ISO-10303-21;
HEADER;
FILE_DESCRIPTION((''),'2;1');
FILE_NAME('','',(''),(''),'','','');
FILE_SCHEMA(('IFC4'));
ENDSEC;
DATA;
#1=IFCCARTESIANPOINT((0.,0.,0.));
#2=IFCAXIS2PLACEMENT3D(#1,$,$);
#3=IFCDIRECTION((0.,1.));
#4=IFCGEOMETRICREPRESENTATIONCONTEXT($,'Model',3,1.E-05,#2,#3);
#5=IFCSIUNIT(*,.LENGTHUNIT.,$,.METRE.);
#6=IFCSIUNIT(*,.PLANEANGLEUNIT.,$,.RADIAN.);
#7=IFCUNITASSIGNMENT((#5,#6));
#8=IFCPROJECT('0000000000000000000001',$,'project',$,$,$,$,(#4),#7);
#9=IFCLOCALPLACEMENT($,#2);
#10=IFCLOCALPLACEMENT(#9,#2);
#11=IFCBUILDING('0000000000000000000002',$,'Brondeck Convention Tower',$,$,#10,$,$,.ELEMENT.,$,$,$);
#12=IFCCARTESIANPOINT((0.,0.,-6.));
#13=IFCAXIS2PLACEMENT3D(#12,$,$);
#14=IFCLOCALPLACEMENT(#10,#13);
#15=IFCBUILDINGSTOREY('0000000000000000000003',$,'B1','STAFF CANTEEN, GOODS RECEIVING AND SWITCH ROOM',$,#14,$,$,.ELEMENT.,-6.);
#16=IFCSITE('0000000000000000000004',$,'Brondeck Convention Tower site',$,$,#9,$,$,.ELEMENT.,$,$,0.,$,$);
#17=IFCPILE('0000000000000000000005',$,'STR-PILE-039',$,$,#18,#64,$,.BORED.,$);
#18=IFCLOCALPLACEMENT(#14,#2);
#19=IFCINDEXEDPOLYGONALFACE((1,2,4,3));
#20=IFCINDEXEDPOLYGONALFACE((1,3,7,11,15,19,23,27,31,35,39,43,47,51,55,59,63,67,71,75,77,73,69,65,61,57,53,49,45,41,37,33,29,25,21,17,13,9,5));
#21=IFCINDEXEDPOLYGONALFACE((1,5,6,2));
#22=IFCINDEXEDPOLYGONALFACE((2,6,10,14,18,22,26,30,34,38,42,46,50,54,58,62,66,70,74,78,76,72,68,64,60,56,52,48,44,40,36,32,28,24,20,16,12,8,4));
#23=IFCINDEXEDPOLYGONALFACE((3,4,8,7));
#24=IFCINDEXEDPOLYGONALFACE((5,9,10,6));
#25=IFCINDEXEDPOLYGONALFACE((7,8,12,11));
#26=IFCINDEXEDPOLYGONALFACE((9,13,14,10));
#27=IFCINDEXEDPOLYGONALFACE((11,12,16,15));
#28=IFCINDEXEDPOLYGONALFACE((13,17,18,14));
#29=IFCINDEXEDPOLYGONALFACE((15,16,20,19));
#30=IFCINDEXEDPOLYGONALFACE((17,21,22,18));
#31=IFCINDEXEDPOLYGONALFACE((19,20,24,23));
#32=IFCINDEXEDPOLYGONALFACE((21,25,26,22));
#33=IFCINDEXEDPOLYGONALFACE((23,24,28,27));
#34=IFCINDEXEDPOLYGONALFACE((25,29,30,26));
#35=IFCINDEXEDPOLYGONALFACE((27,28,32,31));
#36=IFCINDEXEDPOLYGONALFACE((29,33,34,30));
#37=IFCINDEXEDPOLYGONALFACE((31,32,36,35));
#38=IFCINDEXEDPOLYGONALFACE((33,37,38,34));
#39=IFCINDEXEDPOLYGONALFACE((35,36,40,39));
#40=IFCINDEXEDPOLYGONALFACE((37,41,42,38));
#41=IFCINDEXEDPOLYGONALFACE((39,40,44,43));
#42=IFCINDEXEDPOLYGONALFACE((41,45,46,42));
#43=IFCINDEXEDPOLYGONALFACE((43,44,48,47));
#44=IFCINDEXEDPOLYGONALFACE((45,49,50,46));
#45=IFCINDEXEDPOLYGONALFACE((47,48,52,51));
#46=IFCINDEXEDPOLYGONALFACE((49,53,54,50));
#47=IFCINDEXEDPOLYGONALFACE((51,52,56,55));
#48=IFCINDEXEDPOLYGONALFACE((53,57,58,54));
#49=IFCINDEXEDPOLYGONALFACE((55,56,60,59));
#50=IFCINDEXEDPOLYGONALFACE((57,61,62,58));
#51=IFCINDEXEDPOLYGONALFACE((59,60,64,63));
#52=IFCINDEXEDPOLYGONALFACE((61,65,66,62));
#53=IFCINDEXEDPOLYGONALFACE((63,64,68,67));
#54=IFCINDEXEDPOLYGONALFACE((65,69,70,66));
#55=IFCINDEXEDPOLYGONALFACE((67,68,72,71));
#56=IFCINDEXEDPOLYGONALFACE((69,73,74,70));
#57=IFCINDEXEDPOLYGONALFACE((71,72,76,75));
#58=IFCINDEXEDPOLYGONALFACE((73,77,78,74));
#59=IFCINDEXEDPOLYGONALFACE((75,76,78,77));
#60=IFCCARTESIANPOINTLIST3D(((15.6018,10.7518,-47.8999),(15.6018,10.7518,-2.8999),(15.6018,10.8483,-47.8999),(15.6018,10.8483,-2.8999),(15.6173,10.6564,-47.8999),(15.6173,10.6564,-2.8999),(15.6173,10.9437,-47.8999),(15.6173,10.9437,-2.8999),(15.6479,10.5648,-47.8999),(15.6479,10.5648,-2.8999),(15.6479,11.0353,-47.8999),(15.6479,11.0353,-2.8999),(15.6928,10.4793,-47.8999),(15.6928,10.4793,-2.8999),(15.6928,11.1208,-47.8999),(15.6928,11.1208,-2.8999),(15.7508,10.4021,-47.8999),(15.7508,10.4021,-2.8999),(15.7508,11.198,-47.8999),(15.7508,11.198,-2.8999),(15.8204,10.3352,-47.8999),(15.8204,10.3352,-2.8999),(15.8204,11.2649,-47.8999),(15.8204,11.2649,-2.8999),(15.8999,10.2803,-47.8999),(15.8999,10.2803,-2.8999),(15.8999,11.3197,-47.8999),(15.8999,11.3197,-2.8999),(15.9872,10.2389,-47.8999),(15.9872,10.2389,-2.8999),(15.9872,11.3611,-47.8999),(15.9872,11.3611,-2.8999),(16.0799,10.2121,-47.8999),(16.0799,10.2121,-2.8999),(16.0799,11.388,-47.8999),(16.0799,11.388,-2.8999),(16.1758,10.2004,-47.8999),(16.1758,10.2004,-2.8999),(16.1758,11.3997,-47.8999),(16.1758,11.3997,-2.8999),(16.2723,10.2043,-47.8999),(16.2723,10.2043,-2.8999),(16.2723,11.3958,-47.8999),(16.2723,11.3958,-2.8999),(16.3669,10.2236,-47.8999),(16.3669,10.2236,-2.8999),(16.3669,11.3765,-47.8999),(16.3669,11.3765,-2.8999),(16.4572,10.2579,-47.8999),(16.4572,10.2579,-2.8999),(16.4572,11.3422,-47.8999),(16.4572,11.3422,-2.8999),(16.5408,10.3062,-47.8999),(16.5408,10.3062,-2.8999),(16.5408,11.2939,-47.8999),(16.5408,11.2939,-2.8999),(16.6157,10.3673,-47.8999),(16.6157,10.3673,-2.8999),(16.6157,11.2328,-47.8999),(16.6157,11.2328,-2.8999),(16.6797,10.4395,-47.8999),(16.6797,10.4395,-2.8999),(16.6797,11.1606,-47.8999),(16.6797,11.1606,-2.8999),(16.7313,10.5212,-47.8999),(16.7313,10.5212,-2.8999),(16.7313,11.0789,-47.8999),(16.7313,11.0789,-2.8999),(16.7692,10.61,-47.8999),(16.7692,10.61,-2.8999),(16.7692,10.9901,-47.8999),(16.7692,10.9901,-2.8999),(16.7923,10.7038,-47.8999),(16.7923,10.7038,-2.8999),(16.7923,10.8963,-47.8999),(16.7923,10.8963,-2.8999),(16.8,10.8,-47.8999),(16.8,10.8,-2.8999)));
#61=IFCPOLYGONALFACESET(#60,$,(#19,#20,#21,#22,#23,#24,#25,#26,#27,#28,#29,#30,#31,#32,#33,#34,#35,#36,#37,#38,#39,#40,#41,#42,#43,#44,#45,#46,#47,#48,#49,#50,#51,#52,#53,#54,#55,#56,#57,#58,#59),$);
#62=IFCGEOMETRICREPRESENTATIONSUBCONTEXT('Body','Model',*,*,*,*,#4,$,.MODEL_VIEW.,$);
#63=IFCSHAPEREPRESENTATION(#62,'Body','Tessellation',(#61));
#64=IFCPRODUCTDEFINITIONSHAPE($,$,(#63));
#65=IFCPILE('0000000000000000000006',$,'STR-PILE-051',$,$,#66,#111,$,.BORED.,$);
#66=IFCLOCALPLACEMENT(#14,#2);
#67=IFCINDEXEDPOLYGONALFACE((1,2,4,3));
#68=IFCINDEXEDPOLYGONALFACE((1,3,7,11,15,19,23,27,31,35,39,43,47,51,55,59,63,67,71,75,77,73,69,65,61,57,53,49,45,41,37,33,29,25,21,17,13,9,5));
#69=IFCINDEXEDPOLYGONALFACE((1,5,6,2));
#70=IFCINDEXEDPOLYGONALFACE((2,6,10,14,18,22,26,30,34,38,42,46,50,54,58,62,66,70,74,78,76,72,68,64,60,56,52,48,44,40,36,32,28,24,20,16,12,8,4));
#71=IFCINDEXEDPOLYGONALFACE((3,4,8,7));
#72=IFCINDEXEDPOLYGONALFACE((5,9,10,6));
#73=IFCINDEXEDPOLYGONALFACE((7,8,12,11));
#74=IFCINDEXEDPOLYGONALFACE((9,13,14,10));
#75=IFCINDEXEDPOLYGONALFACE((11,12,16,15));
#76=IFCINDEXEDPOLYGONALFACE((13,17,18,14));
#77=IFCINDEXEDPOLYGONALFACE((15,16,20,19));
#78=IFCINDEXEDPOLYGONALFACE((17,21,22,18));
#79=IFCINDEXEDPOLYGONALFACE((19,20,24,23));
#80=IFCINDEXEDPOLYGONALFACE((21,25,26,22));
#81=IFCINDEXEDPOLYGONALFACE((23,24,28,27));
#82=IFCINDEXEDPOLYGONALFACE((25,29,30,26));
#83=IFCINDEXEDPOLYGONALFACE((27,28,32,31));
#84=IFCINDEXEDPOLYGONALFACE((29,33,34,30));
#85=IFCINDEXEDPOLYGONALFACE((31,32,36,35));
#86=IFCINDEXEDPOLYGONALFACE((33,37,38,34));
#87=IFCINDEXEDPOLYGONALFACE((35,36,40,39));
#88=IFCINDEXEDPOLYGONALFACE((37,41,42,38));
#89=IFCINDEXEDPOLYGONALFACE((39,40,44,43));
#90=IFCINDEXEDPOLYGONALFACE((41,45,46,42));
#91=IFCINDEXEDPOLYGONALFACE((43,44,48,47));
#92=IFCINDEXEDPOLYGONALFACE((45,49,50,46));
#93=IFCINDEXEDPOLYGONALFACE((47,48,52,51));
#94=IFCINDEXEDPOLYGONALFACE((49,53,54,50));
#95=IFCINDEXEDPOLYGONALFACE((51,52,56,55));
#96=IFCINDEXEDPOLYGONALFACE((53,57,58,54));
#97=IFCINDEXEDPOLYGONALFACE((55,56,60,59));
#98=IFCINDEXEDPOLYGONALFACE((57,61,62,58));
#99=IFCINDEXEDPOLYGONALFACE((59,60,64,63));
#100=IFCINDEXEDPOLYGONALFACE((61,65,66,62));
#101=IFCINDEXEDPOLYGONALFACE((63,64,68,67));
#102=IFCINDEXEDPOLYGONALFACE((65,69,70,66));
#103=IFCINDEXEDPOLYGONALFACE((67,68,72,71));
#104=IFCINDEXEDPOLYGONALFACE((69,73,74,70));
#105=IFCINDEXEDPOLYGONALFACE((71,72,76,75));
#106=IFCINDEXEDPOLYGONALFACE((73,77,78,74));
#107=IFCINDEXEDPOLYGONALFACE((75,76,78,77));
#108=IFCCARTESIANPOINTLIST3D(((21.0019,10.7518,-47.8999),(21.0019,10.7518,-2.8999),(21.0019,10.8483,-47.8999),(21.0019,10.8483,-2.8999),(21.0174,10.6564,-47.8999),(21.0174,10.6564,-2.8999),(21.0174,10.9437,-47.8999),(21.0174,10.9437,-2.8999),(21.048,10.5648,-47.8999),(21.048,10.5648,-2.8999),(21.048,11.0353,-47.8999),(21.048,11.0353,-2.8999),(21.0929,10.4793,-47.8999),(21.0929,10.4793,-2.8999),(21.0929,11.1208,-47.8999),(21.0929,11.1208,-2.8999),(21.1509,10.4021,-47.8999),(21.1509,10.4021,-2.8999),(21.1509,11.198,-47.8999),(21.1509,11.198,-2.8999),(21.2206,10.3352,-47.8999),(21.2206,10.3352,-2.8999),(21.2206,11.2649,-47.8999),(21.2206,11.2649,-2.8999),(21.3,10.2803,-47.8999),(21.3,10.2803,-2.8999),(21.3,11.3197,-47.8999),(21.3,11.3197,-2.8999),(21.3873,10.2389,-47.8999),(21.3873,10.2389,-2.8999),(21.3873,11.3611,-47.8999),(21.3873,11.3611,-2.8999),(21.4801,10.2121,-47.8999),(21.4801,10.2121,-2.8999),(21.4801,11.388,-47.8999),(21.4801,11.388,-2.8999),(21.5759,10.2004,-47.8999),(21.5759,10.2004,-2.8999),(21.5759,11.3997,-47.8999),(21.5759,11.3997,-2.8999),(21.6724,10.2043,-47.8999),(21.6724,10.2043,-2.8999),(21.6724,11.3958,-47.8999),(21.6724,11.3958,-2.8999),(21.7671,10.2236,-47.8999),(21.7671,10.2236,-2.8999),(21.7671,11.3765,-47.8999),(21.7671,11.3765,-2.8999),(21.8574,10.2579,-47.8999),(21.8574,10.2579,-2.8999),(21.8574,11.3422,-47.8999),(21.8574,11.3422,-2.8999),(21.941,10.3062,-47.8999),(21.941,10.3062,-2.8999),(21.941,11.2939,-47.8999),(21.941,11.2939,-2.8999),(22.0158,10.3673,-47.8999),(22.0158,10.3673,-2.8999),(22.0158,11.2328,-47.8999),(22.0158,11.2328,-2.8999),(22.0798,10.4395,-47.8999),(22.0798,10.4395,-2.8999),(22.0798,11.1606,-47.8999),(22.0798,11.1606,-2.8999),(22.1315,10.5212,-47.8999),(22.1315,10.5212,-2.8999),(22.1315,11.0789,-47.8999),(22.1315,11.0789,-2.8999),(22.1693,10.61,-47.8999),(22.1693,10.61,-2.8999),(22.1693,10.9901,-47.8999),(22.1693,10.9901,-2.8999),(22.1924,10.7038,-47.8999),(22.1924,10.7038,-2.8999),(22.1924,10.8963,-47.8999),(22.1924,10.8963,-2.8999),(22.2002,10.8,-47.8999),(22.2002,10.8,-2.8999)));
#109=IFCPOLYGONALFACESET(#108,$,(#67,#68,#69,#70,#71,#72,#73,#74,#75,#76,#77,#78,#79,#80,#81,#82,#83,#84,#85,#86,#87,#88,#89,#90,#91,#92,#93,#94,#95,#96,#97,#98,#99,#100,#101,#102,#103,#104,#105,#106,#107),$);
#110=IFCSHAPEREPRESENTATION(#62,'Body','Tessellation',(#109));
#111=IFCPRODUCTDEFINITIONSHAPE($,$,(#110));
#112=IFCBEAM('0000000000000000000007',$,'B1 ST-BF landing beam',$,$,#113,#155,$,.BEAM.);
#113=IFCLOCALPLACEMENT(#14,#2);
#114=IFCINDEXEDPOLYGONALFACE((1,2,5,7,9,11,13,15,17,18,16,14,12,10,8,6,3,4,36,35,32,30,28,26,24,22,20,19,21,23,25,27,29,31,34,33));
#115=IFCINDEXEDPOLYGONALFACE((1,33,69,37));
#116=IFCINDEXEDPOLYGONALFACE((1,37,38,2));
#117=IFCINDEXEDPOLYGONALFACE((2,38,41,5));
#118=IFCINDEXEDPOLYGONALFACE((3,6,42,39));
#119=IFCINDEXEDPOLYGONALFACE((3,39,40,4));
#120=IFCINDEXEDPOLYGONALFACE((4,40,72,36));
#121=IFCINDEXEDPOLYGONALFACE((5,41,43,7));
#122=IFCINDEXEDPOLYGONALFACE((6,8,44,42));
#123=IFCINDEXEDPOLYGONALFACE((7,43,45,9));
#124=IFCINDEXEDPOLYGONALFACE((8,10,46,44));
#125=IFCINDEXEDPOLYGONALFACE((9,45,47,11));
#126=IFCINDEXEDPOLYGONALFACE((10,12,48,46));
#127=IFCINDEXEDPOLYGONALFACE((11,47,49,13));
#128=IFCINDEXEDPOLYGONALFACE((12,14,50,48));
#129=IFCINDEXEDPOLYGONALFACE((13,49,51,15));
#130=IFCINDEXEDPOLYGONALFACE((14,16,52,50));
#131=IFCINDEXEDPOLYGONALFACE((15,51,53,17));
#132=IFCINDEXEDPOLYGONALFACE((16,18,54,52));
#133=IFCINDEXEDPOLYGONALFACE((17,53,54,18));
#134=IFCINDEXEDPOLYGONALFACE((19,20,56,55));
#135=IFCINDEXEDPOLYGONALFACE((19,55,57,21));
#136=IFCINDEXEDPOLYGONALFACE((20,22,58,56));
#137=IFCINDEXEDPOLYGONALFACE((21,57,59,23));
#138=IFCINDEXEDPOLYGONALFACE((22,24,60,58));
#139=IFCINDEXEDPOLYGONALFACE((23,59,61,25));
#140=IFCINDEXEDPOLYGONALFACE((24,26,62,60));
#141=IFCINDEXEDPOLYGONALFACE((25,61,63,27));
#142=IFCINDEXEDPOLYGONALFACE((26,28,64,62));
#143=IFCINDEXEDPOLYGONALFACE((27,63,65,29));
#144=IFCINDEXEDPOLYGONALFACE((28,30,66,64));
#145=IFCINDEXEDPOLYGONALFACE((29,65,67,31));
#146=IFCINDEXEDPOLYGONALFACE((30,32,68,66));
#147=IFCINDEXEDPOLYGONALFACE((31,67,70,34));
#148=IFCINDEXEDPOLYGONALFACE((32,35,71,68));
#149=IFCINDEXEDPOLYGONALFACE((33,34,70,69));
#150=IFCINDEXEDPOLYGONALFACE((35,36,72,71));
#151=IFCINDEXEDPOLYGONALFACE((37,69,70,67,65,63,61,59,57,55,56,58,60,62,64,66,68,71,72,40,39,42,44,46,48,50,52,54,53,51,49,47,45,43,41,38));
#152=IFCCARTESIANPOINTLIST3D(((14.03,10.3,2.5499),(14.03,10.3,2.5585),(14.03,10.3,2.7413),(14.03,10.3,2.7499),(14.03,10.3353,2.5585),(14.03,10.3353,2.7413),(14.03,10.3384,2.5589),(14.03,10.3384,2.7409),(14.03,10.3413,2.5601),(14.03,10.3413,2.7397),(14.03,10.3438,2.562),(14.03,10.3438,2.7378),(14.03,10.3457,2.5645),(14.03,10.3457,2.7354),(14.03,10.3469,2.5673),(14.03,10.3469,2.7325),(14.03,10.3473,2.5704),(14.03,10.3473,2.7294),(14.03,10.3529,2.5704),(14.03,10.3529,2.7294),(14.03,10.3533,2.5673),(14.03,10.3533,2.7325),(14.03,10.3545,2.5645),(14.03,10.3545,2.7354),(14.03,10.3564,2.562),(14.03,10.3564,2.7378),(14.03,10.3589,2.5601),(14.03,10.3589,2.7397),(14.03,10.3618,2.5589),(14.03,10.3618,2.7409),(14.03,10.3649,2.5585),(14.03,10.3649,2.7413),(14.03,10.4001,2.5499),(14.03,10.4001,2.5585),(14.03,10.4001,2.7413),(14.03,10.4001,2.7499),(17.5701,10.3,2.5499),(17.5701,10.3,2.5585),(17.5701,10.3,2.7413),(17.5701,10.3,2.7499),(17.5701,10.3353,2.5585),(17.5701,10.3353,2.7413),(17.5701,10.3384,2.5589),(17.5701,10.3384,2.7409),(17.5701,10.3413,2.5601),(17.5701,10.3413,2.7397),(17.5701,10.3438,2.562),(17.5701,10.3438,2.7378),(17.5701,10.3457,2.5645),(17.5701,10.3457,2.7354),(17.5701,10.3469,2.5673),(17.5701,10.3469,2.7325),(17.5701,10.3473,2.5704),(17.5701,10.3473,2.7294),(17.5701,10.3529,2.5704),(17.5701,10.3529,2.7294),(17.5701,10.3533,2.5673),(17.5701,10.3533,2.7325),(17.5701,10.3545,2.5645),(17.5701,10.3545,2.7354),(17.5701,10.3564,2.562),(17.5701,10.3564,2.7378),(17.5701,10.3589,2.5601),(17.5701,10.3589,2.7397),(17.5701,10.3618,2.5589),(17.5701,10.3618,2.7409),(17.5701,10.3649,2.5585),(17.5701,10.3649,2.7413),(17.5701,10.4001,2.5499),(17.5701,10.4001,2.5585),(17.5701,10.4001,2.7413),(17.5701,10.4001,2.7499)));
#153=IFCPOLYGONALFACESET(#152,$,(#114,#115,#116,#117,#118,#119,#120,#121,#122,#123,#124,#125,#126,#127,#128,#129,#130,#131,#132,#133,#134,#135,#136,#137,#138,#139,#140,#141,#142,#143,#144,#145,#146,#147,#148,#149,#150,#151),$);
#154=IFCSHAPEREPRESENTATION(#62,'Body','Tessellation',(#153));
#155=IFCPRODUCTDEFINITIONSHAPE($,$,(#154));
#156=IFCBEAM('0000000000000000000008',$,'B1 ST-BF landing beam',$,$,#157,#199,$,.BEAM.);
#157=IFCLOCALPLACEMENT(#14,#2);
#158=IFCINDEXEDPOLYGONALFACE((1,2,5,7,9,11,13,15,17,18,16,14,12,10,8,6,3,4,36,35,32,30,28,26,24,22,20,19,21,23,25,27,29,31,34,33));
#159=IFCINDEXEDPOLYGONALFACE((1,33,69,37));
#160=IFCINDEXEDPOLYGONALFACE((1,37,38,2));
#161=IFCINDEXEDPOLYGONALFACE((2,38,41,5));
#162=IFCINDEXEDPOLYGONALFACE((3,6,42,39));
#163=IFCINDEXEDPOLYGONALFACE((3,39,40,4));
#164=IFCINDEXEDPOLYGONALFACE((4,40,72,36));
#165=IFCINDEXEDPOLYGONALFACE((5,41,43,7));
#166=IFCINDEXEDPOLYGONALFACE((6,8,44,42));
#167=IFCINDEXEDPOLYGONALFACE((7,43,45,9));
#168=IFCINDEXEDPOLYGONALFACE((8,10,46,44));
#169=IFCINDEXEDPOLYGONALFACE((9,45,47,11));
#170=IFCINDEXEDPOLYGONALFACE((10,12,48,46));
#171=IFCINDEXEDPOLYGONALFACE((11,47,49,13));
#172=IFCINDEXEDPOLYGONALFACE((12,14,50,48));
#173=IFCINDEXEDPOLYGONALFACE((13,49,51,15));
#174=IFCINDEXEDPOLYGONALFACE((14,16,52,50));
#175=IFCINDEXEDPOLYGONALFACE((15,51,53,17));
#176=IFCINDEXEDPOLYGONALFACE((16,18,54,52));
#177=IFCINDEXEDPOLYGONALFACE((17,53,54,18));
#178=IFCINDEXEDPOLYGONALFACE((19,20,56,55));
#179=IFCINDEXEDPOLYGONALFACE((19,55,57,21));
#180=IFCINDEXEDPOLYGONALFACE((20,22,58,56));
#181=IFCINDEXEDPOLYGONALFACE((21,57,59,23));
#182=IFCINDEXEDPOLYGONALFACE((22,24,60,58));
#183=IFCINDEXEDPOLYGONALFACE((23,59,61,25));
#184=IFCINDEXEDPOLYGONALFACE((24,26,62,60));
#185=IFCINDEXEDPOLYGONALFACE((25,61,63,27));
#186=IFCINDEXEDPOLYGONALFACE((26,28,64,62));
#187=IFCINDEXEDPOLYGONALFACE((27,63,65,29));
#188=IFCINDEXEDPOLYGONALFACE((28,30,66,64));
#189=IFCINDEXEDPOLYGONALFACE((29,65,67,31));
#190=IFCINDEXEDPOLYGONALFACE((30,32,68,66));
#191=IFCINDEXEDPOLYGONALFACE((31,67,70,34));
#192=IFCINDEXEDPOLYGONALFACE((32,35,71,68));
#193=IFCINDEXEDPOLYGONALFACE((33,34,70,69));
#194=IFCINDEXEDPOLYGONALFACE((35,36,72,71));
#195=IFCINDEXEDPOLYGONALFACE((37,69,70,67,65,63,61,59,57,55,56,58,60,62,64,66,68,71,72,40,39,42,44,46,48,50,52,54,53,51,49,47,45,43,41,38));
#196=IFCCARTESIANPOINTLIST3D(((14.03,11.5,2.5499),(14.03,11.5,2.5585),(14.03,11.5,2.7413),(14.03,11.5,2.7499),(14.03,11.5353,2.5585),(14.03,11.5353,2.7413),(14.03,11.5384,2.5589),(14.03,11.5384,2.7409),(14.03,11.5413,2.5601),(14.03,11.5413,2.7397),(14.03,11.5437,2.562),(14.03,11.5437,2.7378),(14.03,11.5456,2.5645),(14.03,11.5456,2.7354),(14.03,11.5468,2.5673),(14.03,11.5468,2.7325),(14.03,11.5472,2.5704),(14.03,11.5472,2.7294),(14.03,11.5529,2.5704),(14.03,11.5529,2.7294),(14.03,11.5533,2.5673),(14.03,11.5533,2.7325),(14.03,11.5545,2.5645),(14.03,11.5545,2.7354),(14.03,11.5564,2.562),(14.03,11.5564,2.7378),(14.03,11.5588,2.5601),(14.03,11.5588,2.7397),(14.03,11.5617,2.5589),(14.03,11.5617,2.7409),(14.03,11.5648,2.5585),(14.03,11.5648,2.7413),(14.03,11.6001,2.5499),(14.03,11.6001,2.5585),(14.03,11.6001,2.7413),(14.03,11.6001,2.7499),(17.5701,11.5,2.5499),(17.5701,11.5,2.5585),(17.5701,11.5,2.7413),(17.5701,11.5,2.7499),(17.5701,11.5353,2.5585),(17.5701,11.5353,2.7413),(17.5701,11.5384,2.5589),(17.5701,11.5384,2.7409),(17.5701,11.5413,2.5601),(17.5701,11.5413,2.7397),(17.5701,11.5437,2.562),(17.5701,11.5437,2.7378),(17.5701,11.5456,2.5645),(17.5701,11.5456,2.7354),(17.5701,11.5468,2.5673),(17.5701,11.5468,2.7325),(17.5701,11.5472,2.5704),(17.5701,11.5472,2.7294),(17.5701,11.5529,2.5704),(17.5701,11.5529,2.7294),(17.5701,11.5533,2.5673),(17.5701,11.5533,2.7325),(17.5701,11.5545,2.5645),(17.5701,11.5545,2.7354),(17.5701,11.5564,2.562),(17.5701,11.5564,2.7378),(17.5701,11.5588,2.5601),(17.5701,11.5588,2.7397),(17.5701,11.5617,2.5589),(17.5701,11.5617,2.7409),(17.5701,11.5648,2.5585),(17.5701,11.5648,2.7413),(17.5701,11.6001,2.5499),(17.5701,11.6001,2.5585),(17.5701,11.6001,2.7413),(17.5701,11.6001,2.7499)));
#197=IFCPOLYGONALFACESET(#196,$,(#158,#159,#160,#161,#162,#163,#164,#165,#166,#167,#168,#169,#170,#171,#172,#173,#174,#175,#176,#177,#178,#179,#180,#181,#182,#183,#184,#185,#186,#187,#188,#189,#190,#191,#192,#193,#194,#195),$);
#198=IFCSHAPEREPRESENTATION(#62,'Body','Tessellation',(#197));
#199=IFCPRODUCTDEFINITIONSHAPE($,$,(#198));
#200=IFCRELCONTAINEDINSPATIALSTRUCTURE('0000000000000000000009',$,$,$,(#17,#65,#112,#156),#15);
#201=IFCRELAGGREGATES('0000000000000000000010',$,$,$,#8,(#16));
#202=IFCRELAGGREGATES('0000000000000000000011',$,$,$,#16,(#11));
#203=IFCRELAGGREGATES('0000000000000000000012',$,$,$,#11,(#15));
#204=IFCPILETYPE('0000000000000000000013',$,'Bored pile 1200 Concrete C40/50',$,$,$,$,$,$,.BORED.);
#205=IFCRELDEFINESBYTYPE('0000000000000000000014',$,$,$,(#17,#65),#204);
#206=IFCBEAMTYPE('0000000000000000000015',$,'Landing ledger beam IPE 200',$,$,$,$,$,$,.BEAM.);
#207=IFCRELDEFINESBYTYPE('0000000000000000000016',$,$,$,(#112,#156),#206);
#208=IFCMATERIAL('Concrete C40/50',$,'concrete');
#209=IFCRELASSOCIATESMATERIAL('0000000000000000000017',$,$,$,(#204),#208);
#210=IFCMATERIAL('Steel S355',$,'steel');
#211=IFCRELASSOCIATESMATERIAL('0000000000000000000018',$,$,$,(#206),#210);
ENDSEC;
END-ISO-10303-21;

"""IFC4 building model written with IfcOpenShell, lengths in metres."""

from ifc_helpers import new_model, si_unit, direction, frame, origin, origin_2d, place, context, subcontext, project, spatial, circle, i_section, extrude, material, material_profile, profile_set, type_object, element, save


model = new_model("IFC4")

# Units and contexts
model_context = context("Model", 3, precision=1e-05, world=origin(), true_north=direction((0.0, 1.0)))
body_context = subcontext(model_context, "Body", "Model", "MODEL_VIEW")
ifc_project = project(units=[si_unit("LENGTHUNIT", "METRE"), si_unit("PLANEANGLEUNIT", "RADIAN")], contexts=[model_context])

# Site, building, storey
site_placement = place(None, origin())
site = spatial("IfcSite", under=ifc_project, at=site_placement, Name="Brondeck Convention Tower site", CompositionType="ELEMENT", RefElevation=0.0)
building_placement = place(site_placement, origin())
building = spatial("IfcBuilding", under=site, at=building_placement, Name="Brondeck Convention Tower", CompositionType="ELEMENT")
storey_placement = place(building_placement, frame((0.0, 0.0, -6.0)))
storey = spatial("IfcBuildingStorey", under=building, at=storey_placement, Name="B1", Description="STAFF CANTEEN, GOODS RECEIVING AND SWITCH ROOM", CompositionType="ELEMENT", Elevation=-6.0)

# Piles
ifc_material_1 = material(Name="Concrete C40/50", Category="concrete")
ifc_material_profile_1 = material_profile(ifc_material_1, circle(Radius=0.6001, at=origin_2d()), Name="Bored pile 1200 Concrete C40/50")
ifc_profile_set_1 = profile_set([ifc_material_profile_1], Name="Concrete C40/50")
pile_type = type_object("IfcPileType", Name="Bored pile 1200 Concrete C40/50", PredefinedType="BORED", material=ifc_profile_set_1)
for number, where, z_axis, x_axis, name in (
    (1, (16.2, 10.8, -2.8999), (0.0, 0.0, -1.0), (1.0, 0.0, 0.0), "STR-PILE-039"),
    (2, (21.6001, 10.8, -2.8999), (0.0, 0.0, -1.0), (1.0, 0.0, 0.0), "STR-PILE-051"),
):
    element("IfcPile", number, at=place(storey_placement, frame(where, z_axis=z_axis, x_axis=x_axis)), inside=storey, type_object=pile_type, Name=name, PredefinedType="BORED", context=body_context, shape_type="SweptSolid", body=[
        extrude(circle(Radius=0.6001, at=origin_2d()), origin(), (0.0, 0.0, 1.0), 45.0),
    ])

# Beams
ifc_material_2 = material(Name="Steel S355", Category="steel")
ifc_material_profile_2 = material_profile(ifc_material_2, i_section(OverallWidth=0.1001, OverallDepth=0.2, WebThickness=0.0056, FlangeThickness=0.0085, FilletRadius=0.012, at=origin_2d()), Name="IPE200")
ifc_profile_set_2 = profile_set([ifc_material_profile_2], Name="Steel S355")
beam_type = type_object("IfcBeamType", Name="Landing ledger beam IPE 200", PredefinedType="BEAM", material=ifc_profile_set_2)
for number, where, z_axis, x_axis, name in (
    (3, (17.5701, 10.3501, 2.6499), (-1.0, 0.0, 0.0), (0.0, -1.0, 0.0), "B1 ST-BF landing beam"),
    (4, (17.5701, 11.55, 2.6499), (-1.0, 0.0, 0.0), (0.0, -1.0, 0.0), "B1 ST-BF landing beam"),
):
    element("IfcBeam", number, at=place(storey_placement, frame(where, z_axis=z_axis, x_axis=x_axis)), inside=storey, type_object=beam_type, Name=name, PredefinedType="BEAM", context=body_context, shape_type="SweptSolid", body=[
        extrude(i_section(OverallWidth=0.1001, OverallDepth=0.2, WebThickness=0.0056, FlangeThickness=0.0085, FilletRadius=0.012, at=origin_2d()), origin(), (0.0, 0.0, 1.0), 3.54),
    ])

save(model, "model.ifc")
